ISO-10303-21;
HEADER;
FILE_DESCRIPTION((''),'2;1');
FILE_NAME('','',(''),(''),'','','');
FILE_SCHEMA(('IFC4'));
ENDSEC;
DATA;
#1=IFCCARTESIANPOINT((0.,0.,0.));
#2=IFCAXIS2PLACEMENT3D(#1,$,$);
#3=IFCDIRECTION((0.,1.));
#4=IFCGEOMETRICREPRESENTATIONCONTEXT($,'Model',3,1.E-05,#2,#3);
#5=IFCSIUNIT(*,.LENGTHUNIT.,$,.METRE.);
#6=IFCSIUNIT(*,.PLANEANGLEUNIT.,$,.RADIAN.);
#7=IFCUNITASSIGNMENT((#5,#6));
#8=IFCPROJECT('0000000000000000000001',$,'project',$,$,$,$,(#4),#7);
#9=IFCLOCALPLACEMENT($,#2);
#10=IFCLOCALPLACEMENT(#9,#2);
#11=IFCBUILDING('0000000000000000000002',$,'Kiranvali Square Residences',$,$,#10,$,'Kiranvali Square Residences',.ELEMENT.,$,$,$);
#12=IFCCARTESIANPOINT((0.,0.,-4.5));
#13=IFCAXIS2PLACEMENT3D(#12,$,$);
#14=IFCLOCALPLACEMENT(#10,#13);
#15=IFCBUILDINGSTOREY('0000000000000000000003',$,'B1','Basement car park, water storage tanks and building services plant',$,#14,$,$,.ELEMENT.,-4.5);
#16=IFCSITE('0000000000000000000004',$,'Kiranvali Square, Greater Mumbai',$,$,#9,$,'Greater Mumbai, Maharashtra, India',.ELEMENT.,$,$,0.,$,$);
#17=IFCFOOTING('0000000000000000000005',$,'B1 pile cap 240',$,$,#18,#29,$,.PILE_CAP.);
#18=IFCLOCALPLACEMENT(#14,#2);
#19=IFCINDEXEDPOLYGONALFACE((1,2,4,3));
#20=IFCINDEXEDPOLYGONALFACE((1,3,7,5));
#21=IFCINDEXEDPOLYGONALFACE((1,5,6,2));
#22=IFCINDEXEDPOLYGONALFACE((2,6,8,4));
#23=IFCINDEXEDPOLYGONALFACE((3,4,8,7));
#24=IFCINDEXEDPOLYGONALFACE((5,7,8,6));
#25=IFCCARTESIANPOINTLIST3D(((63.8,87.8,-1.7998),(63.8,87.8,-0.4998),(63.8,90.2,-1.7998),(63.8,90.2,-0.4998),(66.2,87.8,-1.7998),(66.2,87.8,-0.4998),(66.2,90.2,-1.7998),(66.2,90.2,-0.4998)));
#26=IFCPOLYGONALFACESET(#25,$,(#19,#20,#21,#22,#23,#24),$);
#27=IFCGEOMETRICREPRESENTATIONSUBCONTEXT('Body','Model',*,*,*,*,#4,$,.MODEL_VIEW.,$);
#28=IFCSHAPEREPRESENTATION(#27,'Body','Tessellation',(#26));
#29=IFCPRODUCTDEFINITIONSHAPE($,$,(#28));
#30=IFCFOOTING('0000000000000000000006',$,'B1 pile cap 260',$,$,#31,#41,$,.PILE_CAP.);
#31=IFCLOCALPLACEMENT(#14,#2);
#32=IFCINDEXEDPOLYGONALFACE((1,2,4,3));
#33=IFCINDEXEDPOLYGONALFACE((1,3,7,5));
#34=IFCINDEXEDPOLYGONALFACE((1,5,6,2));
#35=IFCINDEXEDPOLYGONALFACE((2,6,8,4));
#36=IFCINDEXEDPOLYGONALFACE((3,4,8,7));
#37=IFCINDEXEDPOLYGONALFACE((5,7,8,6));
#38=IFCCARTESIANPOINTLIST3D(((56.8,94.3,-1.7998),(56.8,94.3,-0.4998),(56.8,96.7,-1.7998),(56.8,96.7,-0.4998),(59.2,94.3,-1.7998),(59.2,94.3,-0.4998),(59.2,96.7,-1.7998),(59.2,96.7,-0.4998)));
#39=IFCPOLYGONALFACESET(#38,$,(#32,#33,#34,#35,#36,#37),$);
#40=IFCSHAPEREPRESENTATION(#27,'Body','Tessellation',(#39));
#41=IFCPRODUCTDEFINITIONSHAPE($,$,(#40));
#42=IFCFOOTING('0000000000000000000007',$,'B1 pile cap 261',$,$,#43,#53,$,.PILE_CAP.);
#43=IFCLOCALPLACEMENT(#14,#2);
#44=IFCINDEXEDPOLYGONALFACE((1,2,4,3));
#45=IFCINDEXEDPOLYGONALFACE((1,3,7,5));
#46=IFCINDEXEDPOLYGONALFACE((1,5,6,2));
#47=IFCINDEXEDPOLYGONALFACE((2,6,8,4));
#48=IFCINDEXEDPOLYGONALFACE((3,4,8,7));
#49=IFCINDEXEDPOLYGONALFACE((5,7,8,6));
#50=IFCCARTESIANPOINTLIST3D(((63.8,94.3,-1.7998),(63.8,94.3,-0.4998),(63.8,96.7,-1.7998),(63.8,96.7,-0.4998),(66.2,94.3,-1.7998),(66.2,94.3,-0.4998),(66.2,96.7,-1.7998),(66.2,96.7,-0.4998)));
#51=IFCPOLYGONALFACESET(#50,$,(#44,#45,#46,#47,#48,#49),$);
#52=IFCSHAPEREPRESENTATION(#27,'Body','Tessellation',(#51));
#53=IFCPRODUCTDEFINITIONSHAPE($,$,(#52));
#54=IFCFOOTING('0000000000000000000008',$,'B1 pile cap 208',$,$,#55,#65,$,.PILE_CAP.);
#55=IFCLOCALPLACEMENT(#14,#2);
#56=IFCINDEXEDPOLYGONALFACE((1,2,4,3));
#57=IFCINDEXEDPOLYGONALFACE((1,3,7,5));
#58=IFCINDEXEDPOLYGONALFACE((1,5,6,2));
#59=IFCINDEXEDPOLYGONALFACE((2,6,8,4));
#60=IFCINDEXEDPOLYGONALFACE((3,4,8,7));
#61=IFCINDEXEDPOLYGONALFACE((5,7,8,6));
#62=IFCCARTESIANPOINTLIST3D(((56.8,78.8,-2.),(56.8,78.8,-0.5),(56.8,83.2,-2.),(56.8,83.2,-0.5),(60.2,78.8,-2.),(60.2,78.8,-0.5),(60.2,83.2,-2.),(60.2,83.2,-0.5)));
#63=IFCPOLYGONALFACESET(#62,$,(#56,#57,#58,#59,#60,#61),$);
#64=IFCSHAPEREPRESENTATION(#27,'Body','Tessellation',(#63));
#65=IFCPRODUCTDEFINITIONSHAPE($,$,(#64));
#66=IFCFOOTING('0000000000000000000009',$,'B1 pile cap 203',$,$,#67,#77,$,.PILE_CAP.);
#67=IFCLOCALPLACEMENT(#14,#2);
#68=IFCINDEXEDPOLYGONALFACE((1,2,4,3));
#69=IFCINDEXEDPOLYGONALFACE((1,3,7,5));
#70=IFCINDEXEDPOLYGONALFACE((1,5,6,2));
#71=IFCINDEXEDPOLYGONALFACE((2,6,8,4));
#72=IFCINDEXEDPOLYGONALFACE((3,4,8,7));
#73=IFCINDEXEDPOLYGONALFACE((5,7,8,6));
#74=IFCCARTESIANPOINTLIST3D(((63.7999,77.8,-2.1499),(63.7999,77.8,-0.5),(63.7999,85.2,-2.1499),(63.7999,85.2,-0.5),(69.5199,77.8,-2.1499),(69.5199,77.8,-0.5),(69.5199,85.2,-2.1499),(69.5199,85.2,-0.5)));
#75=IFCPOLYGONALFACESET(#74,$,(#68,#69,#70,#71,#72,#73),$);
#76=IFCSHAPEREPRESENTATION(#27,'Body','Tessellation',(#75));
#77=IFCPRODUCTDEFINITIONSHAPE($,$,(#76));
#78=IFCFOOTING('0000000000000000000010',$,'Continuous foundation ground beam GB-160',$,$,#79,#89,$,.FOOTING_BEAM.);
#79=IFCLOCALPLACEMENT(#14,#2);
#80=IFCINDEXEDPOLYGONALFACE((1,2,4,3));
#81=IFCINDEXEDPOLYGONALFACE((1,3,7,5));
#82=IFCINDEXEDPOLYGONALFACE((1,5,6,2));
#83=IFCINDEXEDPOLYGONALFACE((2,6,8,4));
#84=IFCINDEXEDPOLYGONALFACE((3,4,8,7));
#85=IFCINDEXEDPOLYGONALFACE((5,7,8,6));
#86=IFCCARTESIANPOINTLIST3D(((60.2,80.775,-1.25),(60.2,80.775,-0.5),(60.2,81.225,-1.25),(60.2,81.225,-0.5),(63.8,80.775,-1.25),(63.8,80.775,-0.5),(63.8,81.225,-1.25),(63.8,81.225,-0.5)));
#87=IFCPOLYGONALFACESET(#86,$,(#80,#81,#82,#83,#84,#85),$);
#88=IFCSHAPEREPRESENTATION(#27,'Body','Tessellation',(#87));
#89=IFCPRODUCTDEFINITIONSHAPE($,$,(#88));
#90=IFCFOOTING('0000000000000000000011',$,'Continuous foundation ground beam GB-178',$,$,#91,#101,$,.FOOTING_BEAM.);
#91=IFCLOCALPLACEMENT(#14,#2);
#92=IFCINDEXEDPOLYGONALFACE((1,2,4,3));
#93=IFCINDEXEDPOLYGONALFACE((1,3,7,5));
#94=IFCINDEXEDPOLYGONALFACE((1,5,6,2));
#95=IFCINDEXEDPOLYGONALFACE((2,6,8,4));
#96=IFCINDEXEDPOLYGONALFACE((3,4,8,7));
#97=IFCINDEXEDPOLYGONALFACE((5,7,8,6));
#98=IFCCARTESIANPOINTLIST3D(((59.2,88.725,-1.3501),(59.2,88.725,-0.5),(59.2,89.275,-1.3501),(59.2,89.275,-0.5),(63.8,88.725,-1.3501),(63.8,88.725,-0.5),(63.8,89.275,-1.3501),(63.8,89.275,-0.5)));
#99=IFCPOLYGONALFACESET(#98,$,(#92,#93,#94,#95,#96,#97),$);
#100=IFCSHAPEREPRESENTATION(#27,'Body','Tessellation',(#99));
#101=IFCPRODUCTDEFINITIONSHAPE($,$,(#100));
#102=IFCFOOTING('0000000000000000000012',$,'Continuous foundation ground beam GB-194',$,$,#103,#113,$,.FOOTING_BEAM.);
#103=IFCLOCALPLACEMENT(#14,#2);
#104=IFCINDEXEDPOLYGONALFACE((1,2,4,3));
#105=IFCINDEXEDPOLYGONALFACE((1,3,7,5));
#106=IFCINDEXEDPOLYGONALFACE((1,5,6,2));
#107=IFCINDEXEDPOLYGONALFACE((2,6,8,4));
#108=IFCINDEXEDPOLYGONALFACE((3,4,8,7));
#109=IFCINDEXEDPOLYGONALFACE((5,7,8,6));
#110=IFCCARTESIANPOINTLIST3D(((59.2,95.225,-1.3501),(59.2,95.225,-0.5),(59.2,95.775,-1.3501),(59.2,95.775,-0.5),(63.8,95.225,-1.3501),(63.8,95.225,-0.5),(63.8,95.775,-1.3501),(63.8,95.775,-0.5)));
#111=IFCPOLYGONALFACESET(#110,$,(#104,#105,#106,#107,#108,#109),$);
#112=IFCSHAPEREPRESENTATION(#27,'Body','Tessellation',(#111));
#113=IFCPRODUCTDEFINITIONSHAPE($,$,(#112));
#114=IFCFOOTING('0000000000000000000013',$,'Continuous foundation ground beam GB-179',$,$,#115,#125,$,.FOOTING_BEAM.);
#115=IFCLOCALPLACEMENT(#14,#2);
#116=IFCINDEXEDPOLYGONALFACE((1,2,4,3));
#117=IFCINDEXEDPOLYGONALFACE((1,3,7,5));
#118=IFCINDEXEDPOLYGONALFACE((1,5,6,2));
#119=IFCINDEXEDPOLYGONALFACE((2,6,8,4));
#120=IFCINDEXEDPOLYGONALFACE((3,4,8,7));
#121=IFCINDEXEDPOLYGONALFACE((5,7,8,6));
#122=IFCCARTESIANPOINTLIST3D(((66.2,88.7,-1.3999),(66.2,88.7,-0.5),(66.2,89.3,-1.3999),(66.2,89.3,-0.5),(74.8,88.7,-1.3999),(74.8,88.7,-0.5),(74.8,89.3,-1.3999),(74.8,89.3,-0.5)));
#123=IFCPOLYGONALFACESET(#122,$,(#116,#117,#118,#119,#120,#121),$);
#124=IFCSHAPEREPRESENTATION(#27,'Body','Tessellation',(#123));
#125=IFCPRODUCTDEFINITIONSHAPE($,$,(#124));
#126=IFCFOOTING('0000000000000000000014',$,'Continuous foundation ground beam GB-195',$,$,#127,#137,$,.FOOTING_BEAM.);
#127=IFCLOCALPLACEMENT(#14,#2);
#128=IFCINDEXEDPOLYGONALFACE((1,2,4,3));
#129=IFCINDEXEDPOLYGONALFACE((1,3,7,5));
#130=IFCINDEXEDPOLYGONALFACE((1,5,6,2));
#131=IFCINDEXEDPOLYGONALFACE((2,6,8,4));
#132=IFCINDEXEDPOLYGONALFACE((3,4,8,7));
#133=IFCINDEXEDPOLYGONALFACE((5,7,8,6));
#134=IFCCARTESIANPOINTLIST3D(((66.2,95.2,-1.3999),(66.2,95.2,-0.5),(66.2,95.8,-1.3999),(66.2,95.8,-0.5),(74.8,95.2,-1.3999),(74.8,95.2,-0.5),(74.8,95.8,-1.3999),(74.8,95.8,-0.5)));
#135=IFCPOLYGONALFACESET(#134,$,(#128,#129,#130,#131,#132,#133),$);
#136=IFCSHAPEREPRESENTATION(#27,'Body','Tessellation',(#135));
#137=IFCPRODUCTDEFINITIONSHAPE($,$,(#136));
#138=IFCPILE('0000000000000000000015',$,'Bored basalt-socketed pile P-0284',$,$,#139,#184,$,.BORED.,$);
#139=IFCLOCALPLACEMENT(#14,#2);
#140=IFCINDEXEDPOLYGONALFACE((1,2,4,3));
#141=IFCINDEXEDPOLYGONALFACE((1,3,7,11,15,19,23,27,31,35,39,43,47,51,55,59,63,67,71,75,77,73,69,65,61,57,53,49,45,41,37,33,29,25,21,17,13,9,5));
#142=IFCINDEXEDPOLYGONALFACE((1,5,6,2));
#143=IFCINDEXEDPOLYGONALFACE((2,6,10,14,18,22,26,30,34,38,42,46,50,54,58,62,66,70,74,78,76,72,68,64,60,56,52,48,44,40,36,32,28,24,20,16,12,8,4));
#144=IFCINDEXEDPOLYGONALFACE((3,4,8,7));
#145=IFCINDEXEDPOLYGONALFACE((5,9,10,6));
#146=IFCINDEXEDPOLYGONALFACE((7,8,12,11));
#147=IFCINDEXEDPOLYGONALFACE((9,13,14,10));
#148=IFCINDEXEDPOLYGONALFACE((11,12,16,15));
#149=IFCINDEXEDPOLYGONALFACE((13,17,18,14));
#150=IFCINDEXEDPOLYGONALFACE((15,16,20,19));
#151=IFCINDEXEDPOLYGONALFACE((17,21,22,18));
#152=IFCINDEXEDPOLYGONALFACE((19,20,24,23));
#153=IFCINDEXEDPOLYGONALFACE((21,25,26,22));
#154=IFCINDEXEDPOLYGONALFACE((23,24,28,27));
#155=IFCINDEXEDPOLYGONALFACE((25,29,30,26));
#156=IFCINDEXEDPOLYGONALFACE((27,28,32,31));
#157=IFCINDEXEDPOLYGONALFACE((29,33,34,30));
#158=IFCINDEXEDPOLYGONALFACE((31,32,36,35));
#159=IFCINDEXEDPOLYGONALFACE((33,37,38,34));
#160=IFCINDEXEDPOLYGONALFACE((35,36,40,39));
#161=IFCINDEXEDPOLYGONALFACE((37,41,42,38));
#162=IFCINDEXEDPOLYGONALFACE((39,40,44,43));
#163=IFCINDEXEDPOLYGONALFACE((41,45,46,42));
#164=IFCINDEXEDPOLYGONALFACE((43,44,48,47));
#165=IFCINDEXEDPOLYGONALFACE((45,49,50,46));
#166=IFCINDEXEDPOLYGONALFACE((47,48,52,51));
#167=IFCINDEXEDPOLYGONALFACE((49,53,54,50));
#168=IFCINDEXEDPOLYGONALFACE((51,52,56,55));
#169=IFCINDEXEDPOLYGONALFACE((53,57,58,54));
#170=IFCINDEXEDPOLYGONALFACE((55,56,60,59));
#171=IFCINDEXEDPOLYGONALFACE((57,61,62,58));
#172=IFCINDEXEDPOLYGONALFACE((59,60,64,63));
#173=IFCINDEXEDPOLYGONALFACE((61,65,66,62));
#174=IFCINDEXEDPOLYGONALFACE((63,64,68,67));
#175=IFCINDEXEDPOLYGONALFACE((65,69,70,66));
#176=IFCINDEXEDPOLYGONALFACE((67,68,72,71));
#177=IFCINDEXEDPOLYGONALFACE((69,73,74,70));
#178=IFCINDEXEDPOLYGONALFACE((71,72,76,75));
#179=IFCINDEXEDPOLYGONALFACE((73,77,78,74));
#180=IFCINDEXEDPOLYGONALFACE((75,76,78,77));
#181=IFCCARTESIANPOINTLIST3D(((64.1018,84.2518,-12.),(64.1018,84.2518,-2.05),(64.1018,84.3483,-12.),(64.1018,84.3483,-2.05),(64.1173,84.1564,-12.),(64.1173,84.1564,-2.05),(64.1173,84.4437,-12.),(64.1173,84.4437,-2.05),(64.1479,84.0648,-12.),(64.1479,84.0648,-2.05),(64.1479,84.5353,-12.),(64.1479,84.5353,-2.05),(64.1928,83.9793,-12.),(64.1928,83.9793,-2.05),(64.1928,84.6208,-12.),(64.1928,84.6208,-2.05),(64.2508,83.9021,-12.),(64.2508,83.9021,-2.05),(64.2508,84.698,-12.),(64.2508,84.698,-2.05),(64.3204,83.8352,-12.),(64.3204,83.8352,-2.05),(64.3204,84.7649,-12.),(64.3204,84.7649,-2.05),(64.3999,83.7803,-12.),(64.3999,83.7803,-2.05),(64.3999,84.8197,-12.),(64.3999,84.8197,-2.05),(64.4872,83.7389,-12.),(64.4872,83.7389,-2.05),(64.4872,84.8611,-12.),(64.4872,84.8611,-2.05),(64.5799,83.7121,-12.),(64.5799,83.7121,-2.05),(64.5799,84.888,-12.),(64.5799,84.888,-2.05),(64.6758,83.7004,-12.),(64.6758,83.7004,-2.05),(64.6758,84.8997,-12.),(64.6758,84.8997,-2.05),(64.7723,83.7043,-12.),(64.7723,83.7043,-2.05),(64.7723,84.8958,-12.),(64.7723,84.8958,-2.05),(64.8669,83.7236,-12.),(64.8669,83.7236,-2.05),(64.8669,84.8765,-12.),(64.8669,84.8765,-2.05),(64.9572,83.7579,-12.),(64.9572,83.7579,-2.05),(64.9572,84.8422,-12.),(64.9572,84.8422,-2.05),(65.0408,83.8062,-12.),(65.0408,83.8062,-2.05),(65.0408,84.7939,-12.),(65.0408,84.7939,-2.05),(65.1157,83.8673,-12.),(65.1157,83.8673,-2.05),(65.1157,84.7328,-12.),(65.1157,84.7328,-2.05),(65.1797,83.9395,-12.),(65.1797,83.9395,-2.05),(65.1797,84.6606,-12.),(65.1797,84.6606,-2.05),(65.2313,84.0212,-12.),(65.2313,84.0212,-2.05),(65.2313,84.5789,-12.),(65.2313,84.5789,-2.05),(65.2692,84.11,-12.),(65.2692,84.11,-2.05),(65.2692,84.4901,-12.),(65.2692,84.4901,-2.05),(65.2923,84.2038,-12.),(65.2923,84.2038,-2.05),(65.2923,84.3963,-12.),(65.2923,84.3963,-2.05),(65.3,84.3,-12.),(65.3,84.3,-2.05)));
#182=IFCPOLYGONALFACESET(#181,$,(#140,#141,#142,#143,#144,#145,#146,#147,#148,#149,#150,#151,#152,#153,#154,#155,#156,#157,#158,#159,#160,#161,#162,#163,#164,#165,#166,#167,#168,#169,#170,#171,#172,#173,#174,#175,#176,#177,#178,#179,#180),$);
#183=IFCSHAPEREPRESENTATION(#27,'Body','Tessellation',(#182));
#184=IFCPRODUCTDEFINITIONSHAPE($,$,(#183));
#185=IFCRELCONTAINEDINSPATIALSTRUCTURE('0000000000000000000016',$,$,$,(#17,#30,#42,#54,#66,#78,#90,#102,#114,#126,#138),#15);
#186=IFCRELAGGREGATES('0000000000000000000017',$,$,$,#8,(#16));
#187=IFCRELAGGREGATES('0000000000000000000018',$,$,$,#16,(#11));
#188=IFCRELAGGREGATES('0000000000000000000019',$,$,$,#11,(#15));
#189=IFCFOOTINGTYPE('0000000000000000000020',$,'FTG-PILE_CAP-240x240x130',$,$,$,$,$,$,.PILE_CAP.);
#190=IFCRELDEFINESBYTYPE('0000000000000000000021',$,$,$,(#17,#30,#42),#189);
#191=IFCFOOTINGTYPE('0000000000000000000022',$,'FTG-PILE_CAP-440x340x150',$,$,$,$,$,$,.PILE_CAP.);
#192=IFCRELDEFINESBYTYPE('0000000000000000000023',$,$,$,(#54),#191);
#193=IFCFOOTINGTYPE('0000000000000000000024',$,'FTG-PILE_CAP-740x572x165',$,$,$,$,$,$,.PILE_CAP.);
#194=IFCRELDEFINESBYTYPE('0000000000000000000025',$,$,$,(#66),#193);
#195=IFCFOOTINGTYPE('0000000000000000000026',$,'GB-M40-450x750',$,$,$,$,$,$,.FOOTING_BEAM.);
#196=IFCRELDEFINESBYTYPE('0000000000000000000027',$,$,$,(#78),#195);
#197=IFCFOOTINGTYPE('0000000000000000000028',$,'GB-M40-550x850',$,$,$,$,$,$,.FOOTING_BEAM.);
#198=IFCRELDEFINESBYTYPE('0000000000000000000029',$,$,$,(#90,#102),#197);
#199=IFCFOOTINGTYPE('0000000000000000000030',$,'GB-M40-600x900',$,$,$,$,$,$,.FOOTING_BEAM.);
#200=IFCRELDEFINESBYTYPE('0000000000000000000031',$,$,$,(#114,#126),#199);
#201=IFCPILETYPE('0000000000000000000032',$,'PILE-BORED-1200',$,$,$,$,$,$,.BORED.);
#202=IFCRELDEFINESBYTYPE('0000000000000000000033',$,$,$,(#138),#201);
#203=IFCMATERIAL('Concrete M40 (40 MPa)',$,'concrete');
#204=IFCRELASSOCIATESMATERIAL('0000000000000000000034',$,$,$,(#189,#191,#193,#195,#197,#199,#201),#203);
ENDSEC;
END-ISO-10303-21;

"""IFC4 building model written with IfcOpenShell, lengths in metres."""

from ifc_helpers import new_model, si_unit, direction, frame, origin, origin_2d, place, context, subcontext, project, spatial, rectangle, circle, extrude, material, material_profile, profile_set, type_object, element, save


model = new_model("IFC4")

# Units and contexts
model_context = context("Model", 3, precision=1e-05, world=origin(), true_north=direction((0.0, 1.0)))
body_context = subcontext(model_context, "Body", "Model", "MODEL_VIEW")
ifc_project = project(units=[si_unit("LENGTHUNIT", "METRE"), si_unit("PLANEANGLEUNIT", "RADIAN")], contexts=[model_context])

# Site, building, storey
site_placement = place(None, origin())
site = spatial("IfcSite", under=ifc_project, at=site_placement, Name="Kiranvali Square, Greater Mumbai", LongName="Greater Mumbai, Maharashtra, India", CompositionType="ELEMENT", RefElevation=0.0)
building_placement = place(site_placement, origin())
building = spatial("IfcBuilding", under=site, at=building_placement, Name="Kiranvali Square Residences", LongName="Kiranvali Square Residences", CompositionType="ELEMENT")
storey_placement = place(building_placement, frame((0.0, 0.0, -4.5)))
storey = spatial("IfcBuildingStorey", under=building, at=storey_placement, Name="B1", Description="Basement car park, water storage tanks and building services plant", CompositionType="ELEMENT", Elevation=-4.5)

# Footings
ifc_material_1 = material(Name="Concrete M40 (40 MPa)", Category="concrete")
footing_type_1 = type_object("IfcFootingType", Name="FTG-PILE_CAP-240x240x130", PredefinedType="PILE_CAP", material=ifc_material_1)
for number, where, z_axis, x_axis, name in (
    (1, (65.0, 89.0, -1.7998), (0.0, 0.0, 1.0), (1.0, 0.0, 0.0), "B1 pile cap 240"),
    (2, (58.0, 95.5, -1.7998), (0.0, 0.0, 1.0), (1.0, 0.0, 0.0), "B1 pile cap 260"),
    (3, (65.0, 95.5, -1.7998), (0.0, 0.0, 1.0), (1.0, 0.0, 0.0), "B1 pile cap 261"),
):
    element("IfcFooting", number, at=place(storey_placement, frame(where, z_axis=z_axis, x_axis=x_axis)), inside=storey, type_object=footing_type_1, Name=name, PredefinedType="PILE_CAP", context=body_context, shape_type="SweptSolid", body=[
        extrude(rectangle(XDim=2.3999, YDim=2.3999, at=origin_2d()), origin(), (0.0, 0.0, 1.0), 1.3),
    ])
footing_type_2 = type_object("IfcFootingType", Name="FTG-PILE_CAP-440x340x150", PredefinedType="PILE_CAP", material=ifc_material_1)
footing_1_placement = place(storey_placement, frame((58.5, 81.0, -2.0), z_axis=(0.0, 0.0, 1.0), x_axis=(0.0, 1.0, 0.0)))
element("IfcFooting", 4, at=footing_1_placement, inside=storey, type_object=footing_type_2, Name="B1 pile cap 208", PredefinedType="PILE_CAP", context=body_context, shape_type="SweptSolid", body=[
    extrude(rectangle(XDim=4.3999, YDim=3.3999, at=origin_2d()), origin(), (0.0, 0.0, 1.0), 1.5),
])
footing_type_3 = type_object("IfcFootingType", Name="FTG-PILE_CAP-740x572x165", PredefinedType="PILE_CAP", material=ifc_material_1)
footing_2_placement = place(storey_placement, frame((66.6599, 81.5, -2.1499), z_axis=(0.0, 0.0, 1.0), x_axis=(0.0, 1.0, 0.0)))
element("IfcFooting", 5, at=footing_2_placement, inside=storey, type_object=footing_type_3, Name="B1 pile cap 203", PredefinedType="PILE_CAP", context=body_context, shape_type="SweptSolid", body=[
    extrude(rectangle(XDim=7.3999, YDim=5.72, at=origin_2d()), origin(), (0.0, 0.0, 1.0), 1.6499),
])
ifc_material_profile_1 = material_profile(ifc_material_1, rectangle(XDim=0.45, YDim=0.75, at=origin_2d()), Name="GB 450x750")
ifc_profile_set_1 = profile_set([ifc_material_profile_1], Name="Concrete M40 (40 MPa)")
footing_type_4 = type_object("IfcFootingType", Name="GB-M40-450x750", PredefinedType="FOOTING_BEAM", material=ifc_profile_set_1)
footing_3_placement = place(storey_placement, frame((60.2, 81.0, -0.875), z_axis=(1.0, 0.0, 0.0), x_axis=(0.0, 1.0, 0.0)))
element("IfcFooting", 6, at=footing_3_placement, inside=storey, type_object=footing_type_4, Name="Continuous foundation ground beam GB-160", PredefinedType="FOOTING_BEAM", context=body_context, shape_type="SweptSolid", body=[
    extrude(rectangle(XDim=0.45, YDim=0.75, at=origin_2d()), origin(), (0.0, 0.0, 1.0), 3.6001),
])
ifc_material_profile_2 = material_profile(ifc_material_1, rectangle(XDim=0.55, YDim=0.8501, at=origin_2d()), Name="GB 550x850")
ifc_profile_set_2 = profile_set([ifc_material_profile_2], Name="Concrete M40 (40 MPa)")
footing_type_5 = type_object("IfcFootingType", Name="GB-M40-550x850", PredefinedType="FOOTING_BEAM", material=ifc_profile_set_2)
for number, where, z_axis, x_axis, name in (
    (7, (59.2, 89.0, -0.925), (1.0, 0.0, 0.0), (0.0, 1.0, 0.0), "Continuous foundation ground beam GB-178"),
    (8, (59.2, 95.5, -0.925), (1.0, 0.0, 0.0), (0.0, 1.0, 0.0), "Continuous foundation ground beam GB-194"),
):
    element("IfcFooting", number, at=place(storey_placement, frame(where, z_axis=z_axis, x_axis=x_axis)), inside=storey, type_object=footing_type_5, Name=name, PredefinedType="FOOTING_BEAM", context=body_context, shape_type="SweptSolid", body=[
        extrude(rectangle(XDim=0.55, YDim=0.8501, at=origin_2d()), origin(), (0.0, 0.0, 1.0), 4.6001),
    ])
ifc_material_profile_3 = material_profile(ifc_material_1, rectangle(XDim=0.6001, YDim=0.8999, at=origin_2d()), Name="GB 600x900")
ifc_profile_set_3 = profile_set([ifc_material_profile_3], Name="Concrete M40 (40 MPa)")
footing_type_6 = type_object("IfcFootingType", Name="GB-M40-600x900", PredefinedType="FOOTING_BEAM", material=ifc_profile_set_3)
for number, where, z_axis, x_axis, name in (
    (9, (66.2, 89.0, -0.95), (1.0, 0.0, 0.0), (0.0, 1.0, 0.0), "Continuous foundation ground beam GB-179"),
    (10, (66.2, 95.5, -0.95), (1.0, 0.0, 0.0), (0.0, 1.0, 0.0), "Continuous foundation ground beam GB-195"),
):
    element("IfcFooting", number, at=place(storey_placement, frame(where, z_axis=z_axis, x_axis=x_axis)), inside=storey, type_object=footing_type_6, Name=name, PredefinedType="FOOTING_BEAM", context=body_context, shape_type="SweptSolid", body=[
        extrude(rectangle(XDim=0.6001, YDim=0.8999, at=origin_2d()), origin(), (0.0, 0.0, 1.0), 8.6001),
    ])

# Pile
ifc_material_profile_4 = material_profile(ifc_material_1, circle(Radius=0.6001, at=origin_2d()), Name="BORED PILE 1200")
ifc_profile_set_4 = profile_set([ifc_material_profile_4], Name="Concrete M40 (40 MPa)")
pile_type = type_object("IfcPileType", Name="PILE-BORED-1200", PredefinedType="BORED", material=ifc_profile_set_4)
pile_1_placement = place(storey_placement, frame((64.7, 84.3, -2.05), z_axis=(0.0, 0.0, -1.0), x_axis=(1.0, 0.0, 0.0)))
element("IfcPile", 11, at=pile_1_placement, inside=storey, type_object=pile_type, Name="Bored basalt-socketed pile P-0284", PredefinedType="BORED", context=body_context, shape_type="SweptSolid", body=[
    extrude(circle(Radius=0.6001, at=origin_2d()), origin(), (0.0, 0.0, 1.0), 9.95),
])

save(model, "model.ifc")
